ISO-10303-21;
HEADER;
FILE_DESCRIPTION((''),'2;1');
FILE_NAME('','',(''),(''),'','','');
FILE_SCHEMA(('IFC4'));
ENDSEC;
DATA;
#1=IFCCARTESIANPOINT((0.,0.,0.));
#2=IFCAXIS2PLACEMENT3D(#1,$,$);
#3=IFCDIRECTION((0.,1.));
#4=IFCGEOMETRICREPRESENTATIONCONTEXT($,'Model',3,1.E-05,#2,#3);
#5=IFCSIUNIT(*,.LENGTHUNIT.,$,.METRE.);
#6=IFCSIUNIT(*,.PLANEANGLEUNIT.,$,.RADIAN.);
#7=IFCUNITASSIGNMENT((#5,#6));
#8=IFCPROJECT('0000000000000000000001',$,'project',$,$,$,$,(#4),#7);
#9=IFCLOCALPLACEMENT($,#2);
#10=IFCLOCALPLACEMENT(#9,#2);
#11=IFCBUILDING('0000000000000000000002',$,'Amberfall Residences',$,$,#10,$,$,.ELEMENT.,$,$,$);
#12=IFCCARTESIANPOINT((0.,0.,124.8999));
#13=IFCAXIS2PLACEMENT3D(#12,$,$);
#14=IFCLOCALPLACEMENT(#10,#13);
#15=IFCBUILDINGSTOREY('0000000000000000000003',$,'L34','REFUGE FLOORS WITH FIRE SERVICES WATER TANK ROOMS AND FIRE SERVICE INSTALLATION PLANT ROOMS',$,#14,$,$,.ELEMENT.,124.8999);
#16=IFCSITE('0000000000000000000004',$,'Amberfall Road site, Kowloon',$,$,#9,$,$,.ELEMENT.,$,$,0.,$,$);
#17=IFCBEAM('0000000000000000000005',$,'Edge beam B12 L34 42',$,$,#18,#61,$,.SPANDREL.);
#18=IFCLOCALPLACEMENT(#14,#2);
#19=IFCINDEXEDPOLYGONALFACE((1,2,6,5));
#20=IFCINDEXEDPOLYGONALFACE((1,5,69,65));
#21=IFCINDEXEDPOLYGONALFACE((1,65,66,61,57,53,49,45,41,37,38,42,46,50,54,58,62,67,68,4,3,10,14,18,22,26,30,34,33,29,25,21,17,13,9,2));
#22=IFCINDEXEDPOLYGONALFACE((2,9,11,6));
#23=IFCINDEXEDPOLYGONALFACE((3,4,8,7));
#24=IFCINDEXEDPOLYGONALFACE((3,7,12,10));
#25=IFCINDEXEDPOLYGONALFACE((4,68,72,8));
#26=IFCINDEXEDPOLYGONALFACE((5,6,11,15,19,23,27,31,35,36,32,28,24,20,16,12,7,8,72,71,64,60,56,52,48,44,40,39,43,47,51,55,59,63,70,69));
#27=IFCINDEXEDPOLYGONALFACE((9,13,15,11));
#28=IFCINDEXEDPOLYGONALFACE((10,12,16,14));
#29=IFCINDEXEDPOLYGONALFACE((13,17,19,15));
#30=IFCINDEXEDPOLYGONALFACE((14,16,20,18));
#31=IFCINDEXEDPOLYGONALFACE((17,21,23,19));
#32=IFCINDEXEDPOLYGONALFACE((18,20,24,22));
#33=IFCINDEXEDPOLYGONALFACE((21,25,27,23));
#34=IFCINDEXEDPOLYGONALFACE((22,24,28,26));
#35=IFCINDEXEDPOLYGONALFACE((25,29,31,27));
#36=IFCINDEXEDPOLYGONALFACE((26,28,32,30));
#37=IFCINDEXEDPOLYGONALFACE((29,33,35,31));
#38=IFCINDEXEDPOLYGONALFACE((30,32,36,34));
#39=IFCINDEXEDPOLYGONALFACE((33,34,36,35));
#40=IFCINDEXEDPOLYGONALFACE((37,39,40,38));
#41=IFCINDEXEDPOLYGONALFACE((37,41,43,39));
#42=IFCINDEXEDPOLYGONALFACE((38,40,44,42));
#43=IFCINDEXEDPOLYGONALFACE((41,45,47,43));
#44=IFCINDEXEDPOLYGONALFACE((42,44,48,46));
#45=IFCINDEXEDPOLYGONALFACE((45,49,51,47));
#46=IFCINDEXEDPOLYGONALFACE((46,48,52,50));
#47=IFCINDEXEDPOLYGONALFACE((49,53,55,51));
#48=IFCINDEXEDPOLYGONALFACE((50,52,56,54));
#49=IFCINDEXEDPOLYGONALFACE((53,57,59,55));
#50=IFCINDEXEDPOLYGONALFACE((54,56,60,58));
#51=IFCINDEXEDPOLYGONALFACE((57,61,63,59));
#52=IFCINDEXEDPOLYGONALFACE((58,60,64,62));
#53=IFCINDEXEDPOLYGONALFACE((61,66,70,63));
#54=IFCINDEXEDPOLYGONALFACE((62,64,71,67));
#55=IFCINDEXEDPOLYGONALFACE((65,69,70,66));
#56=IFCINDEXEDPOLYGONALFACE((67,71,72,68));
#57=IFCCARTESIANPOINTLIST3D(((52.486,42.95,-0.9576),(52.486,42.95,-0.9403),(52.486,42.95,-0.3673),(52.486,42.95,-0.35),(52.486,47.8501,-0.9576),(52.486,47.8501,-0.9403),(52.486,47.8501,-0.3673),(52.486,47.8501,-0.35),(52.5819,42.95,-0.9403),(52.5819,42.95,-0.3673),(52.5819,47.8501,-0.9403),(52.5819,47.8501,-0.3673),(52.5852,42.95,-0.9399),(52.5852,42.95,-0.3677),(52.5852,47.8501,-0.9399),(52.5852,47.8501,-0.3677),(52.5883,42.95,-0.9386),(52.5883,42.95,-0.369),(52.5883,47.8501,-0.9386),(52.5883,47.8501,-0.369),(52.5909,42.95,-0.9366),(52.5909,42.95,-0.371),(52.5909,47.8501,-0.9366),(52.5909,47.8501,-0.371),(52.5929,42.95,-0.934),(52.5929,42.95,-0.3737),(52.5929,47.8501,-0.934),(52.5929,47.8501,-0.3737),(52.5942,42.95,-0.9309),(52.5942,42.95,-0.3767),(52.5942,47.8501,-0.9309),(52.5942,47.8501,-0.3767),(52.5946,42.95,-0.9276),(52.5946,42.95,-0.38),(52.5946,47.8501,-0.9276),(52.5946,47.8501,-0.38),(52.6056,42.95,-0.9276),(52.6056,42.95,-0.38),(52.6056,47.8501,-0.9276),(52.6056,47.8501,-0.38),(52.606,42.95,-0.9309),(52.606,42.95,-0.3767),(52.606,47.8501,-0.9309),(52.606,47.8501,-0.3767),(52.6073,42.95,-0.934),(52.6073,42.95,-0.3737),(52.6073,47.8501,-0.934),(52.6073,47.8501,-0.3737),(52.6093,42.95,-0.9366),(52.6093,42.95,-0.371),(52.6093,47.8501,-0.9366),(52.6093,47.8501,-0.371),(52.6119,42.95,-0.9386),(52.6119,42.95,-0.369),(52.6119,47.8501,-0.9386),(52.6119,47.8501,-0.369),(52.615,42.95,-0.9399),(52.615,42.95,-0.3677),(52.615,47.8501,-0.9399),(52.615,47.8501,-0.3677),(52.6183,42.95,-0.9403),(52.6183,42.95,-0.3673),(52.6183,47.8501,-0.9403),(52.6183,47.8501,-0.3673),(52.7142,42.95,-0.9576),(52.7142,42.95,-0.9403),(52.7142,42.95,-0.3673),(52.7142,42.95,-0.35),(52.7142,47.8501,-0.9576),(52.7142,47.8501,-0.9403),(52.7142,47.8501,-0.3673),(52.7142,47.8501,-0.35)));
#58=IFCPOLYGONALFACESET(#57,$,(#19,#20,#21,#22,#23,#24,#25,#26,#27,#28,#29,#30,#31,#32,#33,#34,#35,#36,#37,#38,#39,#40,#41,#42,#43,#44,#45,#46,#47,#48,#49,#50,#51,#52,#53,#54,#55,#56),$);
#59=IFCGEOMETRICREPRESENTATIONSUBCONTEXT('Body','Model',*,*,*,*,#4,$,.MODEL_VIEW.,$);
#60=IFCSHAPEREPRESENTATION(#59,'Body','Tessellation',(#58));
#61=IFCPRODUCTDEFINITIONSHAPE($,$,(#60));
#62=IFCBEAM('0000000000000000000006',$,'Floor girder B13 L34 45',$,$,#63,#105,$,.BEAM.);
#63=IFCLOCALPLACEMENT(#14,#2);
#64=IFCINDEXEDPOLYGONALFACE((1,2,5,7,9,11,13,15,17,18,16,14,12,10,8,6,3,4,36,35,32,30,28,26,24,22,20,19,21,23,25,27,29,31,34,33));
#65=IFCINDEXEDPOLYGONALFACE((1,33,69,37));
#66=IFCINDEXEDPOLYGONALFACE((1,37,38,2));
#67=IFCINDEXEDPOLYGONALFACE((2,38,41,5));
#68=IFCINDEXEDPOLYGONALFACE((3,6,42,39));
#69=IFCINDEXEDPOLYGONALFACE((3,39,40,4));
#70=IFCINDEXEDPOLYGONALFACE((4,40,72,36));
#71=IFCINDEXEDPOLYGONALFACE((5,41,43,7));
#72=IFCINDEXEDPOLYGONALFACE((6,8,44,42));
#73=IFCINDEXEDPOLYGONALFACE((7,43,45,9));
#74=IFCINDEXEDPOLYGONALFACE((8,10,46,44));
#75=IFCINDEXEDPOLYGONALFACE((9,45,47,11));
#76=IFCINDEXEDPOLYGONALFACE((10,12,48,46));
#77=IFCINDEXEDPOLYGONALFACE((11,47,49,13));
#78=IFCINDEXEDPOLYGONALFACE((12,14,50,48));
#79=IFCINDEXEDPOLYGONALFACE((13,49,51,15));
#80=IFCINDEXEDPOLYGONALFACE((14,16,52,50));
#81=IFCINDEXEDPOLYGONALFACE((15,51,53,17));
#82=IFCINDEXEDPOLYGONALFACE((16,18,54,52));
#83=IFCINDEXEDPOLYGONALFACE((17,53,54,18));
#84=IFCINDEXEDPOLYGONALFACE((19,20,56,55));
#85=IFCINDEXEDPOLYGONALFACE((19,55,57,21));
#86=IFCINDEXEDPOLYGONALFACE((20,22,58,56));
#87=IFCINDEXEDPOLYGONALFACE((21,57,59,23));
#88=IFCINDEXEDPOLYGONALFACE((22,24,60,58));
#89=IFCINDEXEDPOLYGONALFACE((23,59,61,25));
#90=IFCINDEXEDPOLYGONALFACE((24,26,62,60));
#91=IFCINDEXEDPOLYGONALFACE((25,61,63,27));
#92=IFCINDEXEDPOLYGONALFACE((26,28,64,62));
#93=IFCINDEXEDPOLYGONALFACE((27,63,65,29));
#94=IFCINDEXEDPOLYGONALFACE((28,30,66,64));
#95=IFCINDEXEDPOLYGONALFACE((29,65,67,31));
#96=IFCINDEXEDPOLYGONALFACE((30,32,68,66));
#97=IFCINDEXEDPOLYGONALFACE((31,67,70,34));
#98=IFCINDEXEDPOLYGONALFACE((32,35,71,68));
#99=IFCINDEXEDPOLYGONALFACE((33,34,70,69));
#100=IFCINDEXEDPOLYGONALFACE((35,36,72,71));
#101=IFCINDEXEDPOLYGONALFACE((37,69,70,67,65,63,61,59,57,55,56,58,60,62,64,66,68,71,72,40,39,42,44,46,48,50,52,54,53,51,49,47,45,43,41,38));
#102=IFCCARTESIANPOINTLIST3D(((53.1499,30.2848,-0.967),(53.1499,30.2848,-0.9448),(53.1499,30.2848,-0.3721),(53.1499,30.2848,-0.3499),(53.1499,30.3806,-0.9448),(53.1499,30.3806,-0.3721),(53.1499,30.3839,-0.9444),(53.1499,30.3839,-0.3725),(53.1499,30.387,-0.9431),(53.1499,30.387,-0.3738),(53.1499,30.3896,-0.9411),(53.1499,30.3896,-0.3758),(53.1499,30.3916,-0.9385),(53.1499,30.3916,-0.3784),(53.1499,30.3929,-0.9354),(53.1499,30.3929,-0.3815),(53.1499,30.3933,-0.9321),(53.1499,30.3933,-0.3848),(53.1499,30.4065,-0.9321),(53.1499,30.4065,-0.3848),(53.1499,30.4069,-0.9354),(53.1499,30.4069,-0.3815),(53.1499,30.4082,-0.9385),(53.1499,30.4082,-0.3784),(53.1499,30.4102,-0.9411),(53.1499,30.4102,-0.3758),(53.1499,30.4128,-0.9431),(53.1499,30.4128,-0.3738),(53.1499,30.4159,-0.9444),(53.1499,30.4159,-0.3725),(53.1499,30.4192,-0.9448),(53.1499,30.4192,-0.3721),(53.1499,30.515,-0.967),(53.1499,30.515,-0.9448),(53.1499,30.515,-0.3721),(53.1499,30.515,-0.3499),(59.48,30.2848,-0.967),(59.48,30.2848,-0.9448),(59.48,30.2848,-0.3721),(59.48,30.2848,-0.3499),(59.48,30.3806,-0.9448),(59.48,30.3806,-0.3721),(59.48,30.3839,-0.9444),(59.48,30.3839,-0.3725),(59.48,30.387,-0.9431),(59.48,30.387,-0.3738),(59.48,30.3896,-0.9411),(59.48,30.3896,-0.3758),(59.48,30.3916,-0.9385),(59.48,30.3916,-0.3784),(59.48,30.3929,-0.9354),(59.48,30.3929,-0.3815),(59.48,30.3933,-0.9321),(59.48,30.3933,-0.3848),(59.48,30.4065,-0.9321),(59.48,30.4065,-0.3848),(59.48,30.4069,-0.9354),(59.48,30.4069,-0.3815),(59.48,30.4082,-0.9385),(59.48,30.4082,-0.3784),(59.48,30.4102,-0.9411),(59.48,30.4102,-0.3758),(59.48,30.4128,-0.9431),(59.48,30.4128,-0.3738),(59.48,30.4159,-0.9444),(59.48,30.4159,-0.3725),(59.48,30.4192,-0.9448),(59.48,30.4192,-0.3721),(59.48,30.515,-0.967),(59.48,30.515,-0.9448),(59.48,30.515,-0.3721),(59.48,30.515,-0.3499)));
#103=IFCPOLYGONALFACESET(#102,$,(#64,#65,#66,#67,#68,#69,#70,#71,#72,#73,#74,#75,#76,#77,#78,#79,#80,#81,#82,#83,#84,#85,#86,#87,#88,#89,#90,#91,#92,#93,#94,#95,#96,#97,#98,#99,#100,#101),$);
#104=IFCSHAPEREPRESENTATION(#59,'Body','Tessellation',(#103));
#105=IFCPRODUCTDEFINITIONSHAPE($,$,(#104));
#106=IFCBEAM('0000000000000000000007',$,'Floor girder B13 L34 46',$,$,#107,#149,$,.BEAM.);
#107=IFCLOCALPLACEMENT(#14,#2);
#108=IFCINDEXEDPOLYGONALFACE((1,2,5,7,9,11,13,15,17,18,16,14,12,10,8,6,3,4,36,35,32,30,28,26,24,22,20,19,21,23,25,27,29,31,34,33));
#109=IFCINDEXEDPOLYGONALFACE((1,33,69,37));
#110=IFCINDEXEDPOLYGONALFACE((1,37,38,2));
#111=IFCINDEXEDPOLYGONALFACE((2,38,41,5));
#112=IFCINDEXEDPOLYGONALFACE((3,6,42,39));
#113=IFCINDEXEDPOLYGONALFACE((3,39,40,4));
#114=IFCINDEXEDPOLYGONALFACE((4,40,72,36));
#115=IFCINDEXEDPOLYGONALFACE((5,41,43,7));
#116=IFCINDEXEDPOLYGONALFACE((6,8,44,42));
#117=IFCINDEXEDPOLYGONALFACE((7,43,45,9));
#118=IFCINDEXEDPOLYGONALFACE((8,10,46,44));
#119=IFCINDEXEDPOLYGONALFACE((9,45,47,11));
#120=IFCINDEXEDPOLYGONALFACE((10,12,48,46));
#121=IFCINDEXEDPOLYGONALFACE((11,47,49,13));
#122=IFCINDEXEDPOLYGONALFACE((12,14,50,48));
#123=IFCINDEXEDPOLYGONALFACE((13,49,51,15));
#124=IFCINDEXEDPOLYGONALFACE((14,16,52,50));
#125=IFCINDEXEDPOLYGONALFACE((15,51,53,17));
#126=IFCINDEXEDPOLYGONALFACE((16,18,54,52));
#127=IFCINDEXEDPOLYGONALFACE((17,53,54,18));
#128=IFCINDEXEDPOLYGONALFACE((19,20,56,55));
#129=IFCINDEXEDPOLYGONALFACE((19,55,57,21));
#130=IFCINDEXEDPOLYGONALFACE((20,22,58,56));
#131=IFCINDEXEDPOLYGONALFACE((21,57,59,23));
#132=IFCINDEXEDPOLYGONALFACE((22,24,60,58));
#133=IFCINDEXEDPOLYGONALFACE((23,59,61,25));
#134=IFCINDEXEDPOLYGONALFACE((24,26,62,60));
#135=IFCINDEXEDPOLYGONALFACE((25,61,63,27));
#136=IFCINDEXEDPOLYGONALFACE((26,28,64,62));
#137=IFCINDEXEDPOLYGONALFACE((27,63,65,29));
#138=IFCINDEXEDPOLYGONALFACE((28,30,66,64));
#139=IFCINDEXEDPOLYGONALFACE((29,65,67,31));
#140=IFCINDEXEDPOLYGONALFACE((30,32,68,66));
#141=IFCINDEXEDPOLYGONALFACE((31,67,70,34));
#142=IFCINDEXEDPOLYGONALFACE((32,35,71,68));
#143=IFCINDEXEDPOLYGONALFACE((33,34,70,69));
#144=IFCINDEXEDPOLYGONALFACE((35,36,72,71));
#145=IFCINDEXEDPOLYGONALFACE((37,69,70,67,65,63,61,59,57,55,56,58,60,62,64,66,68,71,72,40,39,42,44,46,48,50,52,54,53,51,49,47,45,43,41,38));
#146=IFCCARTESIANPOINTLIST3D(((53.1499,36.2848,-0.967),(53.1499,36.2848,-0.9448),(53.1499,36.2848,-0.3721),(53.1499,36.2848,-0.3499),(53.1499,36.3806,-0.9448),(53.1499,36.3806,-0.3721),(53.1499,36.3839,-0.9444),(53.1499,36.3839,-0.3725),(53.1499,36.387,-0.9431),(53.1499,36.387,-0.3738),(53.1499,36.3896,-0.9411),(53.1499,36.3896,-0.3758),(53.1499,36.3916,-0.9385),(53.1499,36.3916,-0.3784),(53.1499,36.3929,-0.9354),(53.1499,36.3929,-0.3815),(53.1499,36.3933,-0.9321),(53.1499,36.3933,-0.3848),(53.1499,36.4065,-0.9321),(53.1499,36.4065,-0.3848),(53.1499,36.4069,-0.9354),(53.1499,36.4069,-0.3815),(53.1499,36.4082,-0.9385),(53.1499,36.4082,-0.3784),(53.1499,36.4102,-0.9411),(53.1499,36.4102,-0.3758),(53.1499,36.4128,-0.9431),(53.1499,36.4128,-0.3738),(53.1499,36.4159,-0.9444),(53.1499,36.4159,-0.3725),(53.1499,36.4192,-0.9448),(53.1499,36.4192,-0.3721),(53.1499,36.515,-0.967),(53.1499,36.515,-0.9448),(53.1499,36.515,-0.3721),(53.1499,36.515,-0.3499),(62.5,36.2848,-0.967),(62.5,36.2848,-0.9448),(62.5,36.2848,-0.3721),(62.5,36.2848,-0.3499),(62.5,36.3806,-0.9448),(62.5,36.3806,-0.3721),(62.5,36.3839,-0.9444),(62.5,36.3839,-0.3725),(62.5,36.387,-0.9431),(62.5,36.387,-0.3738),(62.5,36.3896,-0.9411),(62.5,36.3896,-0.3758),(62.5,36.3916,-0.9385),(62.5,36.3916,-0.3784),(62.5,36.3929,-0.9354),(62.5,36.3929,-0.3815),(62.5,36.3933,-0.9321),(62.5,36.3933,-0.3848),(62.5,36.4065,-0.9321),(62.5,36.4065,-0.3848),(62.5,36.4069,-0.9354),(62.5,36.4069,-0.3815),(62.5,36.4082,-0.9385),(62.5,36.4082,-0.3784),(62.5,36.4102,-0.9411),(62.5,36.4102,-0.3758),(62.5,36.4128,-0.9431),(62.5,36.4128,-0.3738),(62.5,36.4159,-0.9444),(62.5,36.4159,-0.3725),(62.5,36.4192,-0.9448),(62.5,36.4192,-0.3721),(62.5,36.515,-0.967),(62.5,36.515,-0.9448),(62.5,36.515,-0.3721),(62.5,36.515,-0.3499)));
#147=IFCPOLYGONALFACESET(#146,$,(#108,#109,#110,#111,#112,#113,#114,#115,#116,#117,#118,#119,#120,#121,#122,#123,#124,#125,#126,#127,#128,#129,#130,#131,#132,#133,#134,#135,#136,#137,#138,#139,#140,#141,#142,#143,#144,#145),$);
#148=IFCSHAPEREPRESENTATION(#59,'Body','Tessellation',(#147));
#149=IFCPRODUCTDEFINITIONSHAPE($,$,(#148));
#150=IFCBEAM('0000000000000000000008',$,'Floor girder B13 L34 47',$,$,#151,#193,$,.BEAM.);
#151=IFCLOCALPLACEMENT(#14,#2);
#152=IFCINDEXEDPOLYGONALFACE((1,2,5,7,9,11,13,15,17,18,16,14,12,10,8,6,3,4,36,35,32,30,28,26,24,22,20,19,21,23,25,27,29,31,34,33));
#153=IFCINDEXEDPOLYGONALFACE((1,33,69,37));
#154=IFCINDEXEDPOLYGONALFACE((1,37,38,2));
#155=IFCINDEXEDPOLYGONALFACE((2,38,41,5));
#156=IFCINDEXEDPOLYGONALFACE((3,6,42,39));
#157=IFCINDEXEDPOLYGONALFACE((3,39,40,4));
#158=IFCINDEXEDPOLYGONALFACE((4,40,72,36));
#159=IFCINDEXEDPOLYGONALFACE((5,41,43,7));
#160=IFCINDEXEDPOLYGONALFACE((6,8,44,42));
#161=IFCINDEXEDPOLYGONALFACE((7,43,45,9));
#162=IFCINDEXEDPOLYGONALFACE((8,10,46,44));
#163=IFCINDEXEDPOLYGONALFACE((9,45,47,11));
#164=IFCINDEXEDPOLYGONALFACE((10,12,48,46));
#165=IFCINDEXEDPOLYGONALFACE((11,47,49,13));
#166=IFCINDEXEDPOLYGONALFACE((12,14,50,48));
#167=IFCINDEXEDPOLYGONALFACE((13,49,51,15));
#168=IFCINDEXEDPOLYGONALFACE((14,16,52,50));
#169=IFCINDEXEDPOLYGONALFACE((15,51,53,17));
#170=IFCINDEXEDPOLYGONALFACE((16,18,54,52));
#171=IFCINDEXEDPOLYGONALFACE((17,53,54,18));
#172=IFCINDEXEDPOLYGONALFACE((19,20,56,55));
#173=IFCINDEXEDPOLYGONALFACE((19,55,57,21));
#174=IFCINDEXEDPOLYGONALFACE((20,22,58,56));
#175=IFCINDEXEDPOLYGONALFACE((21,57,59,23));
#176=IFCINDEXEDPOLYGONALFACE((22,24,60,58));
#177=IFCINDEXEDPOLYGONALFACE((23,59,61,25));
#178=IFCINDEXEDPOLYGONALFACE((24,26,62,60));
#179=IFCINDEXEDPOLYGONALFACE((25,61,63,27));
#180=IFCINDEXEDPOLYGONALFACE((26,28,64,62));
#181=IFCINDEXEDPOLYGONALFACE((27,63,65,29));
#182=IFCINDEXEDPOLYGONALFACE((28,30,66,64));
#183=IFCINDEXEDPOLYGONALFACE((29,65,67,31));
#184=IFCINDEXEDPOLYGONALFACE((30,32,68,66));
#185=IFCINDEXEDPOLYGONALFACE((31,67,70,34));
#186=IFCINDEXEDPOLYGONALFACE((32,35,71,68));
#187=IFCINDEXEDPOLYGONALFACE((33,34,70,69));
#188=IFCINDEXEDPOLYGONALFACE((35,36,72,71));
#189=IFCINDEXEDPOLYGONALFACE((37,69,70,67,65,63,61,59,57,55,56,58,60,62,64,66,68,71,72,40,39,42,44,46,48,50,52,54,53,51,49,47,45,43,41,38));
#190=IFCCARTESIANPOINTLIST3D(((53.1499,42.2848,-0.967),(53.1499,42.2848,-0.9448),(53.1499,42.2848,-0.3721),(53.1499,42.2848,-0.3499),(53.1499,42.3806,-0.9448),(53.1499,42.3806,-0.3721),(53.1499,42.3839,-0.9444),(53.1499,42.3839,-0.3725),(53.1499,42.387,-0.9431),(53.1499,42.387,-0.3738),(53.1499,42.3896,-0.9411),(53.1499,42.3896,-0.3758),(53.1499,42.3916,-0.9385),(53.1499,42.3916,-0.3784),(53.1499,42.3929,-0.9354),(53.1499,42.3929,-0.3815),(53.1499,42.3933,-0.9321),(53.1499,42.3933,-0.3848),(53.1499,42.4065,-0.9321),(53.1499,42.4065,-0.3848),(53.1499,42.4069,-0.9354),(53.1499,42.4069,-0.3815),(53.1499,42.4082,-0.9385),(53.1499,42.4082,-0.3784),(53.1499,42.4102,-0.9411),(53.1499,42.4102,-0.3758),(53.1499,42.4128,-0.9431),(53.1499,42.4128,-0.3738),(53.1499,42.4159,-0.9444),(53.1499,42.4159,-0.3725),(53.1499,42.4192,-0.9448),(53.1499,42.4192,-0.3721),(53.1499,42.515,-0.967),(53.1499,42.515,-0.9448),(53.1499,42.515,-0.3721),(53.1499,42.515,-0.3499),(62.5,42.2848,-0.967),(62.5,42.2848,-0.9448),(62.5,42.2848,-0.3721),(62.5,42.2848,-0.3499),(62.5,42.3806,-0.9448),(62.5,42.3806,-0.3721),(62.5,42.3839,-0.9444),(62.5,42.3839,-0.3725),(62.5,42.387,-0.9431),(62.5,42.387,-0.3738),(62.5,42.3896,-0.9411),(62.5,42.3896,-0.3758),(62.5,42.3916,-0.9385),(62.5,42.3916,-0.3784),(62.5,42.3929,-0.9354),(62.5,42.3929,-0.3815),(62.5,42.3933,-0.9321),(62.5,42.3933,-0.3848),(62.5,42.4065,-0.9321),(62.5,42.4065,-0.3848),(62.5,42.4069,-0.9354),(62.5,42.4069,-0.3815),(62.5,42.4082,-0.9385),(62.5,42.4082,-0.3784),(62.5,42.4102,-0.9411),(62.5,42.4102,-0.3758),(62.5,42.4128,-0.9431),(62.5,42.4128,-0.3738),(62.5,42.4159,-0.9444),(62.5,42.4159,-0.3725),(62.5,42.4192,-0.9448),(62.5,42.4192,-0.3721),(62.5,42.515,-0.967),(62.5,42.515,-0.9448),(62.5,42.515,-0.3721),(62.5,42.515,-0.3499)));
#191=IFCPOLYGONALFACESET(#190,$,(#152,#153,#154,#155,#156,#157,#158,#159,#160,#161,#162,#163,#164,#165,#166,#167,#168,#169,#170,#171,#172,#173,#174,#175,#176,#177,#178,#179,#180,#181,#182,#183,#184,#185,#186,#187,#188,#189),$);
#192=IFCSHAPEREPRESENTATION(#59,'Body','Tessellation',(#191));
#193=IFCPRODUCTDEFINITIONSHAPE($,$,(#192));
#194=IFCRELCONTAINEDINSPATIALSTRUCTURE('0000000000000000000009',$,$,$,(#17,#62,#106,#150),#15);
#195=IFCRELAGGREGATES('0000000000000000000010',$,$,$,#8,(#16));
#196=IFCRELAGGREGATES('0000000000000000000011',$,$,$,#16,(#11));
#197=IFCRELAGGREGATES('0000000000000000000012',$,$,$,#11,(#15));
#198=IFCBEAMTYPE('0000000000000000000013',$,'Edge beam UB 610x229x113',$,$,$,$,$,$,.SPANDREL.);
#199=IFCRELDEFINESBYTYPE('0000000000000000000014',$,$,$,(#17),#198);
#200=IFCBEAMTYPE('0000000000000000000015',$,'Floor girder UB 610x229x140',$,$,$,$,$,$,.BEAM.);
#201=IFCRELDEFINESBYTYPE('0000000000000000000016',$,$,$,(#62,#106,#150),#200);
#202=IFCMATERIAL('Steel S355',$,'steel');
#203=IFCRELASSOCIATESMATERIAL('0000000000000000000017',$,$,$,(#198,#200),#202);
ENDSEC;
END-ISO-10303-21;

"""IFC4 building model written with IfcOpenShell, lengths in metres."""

from ifc_helpers import new_model, si_unit, direction, frame, origin, origin_2d, place, context, subcontext, project, spatial, i_section, extrude, material, material_profile, profile_set, type_object, element, save


model = new_model("IFC4")

# Units and contexts
model_context = context("Model", 3, precision=1e-05, world=origin(), true_north=direction((0.0, 1.0)))
body_context = subcontext(model_context, "Body", "Model", "MODEL_VIEW")
ifc_project = project(units=[si_unit("LENGTHUNIT", "METRE"), si_unit("PLANEANGLEUNIT", "RADIAN")], contexts=[model_context])

# Site, building, storey
site_placement = place(None, origin())
site = spatial("IfcSite", under=ifc_project, at=site_placement, Name="Amberfall Road site, Kowloon", CompositionType="ELEMENT", RefElevation=0.0)
building_placement = place(site_placement, origin())
building = spatial("IfcBuilding", under=site, at=building_placement, Name="Amberfall Residences", CompositionType="ELEMENT")
storey_placement = place(building_placement, frame((0.0, 0.0, 124.8999)))
storey = spatial("IfcBuildingStorey", under=building, at=storey_placement, Name="L34", Description="REFUGE FLOORS WITH FIRE SERVICES WATER TANK ROOMS AND FIRE SERVICE INSTALLATION PLANT ROOMS", CompositionType="ELEMENT", Elevation=124.8999)

# Shared definitions
ifc_material_1 = material(Name="Steel S355", Category="steel")

# Beams
ifc_material_profile_1 = material_profile(ifc_material_1, i_section(OverallWidth=0.2283, OverallDepth=0.6077, WebThickness=0.011, FlangeThickness=0.0173, FilletRadius=0.0127, at=origin_2d()), Name="UB 610x229x113")
ifc_profile_set_1 = profile_set([ifc_material_profile_1], Name="Steel S355")
beam_type_1 = type_object("IfcBeamType", Name="Edge beam UB 610x229x113", PredefinedType="SPANDREL", material=ifc_profile_set_1)
beam_1_placement = place(storey_placement, frame((52.6001, 42.95, -0.6538), z_axis=(0.0, 1.0, 0.0), x_axis=(-1.0, 0.0, 0.0)))
element("IfcBeam", 1, at=beam_1_placement, inside=storey, type_object=beam_type_1, Name="Edge beam B12 L34 42", PredefinedType="SPANDREL", context=body_context, shape_type="SweptSolid", body=[
    extrude(i_section(OverallWidth=0.2283, OverallDepth=0.6077, WebThickness=0.011, FlangeThickness=0.0173, FilletRadius=0.0127, at=origin_2d()), origin(), (0.0, 0.0, 1.0), 4.9001),
])
ifc_material_profile_2 = material_profile(ifc_material_1, i_section(OverallWidth=0.2302, OverallDepth=0.6172, WebThickness=0.0132, FlangeThickness=0.0222, FilletRadius=0.0127, at=origin_2d()), Name="UB 610x229x140")
ifc_profile_set_2 = profile_set([ifc_material_profile_2], Name="Steel S355")
beam_type_2 = type_object("IfcBeamType", Name="Floor girder UB 610x229x140", PredefinedType="BEAM", material=ifc_profile_set_2)
beam_2_placement = place(storey_placement, frame((53.1499, 30.3999, -0.6584), z_axis=(1.0, 0.0, 0.0), x_axis=(0.0, 1.0, 0.0)))
element("IfcBeam", 2, at=beam_2_placement, inside=storey, type_object=beam_type_2, Name="Floor girder B13 L34 45", PredefinedType="BEAM", context=body_context, shape_type="SweptSolid", body=[
    extrude(i_section(OverallWidth=0.2302, OverallDepth=0.6172, WebThickness=0.0132, FlangeThickness=0.0222, FilletRadius=0.0127, at=origin_2d()), origin(), (0.0, 0.0, 1.0), 6.3301),
])
for number, where, z_axis, x_axis, name in (
    (3, (53.1499, 36.3999, -0.6584), (1.0, 0.0, 0.0), (0.0, 1.0, 0.0), "Floor girder B13 L34 46"),
    (4, (53.1499, 42.3999, -0.6584), (1.0, 0.0, 0.0), (0.0, 1.0, 0.0), "Floor girder B13 L34 47"),
):
    element("IfcBeam", number, at=place(storey_placement, frame(where, z_axis=z_axis, x_axis=x_axis)), inside=storey, type_object=beam_type_2, Name=name, PredefinedType="BEAM", context=body_context, shape_type="SweptSolid", body=[
        extrude(i_section(OverallWidth=0.2302, OverallDepth=0.6172, WebThickness=0.0132, FlangeThickness=0.0222, FilletRadius=0.0127, at=origin_2d()), origin(), (0.0, 0.0, 1.0), 9.3501),
    ])

save(model, "model.ifc")
